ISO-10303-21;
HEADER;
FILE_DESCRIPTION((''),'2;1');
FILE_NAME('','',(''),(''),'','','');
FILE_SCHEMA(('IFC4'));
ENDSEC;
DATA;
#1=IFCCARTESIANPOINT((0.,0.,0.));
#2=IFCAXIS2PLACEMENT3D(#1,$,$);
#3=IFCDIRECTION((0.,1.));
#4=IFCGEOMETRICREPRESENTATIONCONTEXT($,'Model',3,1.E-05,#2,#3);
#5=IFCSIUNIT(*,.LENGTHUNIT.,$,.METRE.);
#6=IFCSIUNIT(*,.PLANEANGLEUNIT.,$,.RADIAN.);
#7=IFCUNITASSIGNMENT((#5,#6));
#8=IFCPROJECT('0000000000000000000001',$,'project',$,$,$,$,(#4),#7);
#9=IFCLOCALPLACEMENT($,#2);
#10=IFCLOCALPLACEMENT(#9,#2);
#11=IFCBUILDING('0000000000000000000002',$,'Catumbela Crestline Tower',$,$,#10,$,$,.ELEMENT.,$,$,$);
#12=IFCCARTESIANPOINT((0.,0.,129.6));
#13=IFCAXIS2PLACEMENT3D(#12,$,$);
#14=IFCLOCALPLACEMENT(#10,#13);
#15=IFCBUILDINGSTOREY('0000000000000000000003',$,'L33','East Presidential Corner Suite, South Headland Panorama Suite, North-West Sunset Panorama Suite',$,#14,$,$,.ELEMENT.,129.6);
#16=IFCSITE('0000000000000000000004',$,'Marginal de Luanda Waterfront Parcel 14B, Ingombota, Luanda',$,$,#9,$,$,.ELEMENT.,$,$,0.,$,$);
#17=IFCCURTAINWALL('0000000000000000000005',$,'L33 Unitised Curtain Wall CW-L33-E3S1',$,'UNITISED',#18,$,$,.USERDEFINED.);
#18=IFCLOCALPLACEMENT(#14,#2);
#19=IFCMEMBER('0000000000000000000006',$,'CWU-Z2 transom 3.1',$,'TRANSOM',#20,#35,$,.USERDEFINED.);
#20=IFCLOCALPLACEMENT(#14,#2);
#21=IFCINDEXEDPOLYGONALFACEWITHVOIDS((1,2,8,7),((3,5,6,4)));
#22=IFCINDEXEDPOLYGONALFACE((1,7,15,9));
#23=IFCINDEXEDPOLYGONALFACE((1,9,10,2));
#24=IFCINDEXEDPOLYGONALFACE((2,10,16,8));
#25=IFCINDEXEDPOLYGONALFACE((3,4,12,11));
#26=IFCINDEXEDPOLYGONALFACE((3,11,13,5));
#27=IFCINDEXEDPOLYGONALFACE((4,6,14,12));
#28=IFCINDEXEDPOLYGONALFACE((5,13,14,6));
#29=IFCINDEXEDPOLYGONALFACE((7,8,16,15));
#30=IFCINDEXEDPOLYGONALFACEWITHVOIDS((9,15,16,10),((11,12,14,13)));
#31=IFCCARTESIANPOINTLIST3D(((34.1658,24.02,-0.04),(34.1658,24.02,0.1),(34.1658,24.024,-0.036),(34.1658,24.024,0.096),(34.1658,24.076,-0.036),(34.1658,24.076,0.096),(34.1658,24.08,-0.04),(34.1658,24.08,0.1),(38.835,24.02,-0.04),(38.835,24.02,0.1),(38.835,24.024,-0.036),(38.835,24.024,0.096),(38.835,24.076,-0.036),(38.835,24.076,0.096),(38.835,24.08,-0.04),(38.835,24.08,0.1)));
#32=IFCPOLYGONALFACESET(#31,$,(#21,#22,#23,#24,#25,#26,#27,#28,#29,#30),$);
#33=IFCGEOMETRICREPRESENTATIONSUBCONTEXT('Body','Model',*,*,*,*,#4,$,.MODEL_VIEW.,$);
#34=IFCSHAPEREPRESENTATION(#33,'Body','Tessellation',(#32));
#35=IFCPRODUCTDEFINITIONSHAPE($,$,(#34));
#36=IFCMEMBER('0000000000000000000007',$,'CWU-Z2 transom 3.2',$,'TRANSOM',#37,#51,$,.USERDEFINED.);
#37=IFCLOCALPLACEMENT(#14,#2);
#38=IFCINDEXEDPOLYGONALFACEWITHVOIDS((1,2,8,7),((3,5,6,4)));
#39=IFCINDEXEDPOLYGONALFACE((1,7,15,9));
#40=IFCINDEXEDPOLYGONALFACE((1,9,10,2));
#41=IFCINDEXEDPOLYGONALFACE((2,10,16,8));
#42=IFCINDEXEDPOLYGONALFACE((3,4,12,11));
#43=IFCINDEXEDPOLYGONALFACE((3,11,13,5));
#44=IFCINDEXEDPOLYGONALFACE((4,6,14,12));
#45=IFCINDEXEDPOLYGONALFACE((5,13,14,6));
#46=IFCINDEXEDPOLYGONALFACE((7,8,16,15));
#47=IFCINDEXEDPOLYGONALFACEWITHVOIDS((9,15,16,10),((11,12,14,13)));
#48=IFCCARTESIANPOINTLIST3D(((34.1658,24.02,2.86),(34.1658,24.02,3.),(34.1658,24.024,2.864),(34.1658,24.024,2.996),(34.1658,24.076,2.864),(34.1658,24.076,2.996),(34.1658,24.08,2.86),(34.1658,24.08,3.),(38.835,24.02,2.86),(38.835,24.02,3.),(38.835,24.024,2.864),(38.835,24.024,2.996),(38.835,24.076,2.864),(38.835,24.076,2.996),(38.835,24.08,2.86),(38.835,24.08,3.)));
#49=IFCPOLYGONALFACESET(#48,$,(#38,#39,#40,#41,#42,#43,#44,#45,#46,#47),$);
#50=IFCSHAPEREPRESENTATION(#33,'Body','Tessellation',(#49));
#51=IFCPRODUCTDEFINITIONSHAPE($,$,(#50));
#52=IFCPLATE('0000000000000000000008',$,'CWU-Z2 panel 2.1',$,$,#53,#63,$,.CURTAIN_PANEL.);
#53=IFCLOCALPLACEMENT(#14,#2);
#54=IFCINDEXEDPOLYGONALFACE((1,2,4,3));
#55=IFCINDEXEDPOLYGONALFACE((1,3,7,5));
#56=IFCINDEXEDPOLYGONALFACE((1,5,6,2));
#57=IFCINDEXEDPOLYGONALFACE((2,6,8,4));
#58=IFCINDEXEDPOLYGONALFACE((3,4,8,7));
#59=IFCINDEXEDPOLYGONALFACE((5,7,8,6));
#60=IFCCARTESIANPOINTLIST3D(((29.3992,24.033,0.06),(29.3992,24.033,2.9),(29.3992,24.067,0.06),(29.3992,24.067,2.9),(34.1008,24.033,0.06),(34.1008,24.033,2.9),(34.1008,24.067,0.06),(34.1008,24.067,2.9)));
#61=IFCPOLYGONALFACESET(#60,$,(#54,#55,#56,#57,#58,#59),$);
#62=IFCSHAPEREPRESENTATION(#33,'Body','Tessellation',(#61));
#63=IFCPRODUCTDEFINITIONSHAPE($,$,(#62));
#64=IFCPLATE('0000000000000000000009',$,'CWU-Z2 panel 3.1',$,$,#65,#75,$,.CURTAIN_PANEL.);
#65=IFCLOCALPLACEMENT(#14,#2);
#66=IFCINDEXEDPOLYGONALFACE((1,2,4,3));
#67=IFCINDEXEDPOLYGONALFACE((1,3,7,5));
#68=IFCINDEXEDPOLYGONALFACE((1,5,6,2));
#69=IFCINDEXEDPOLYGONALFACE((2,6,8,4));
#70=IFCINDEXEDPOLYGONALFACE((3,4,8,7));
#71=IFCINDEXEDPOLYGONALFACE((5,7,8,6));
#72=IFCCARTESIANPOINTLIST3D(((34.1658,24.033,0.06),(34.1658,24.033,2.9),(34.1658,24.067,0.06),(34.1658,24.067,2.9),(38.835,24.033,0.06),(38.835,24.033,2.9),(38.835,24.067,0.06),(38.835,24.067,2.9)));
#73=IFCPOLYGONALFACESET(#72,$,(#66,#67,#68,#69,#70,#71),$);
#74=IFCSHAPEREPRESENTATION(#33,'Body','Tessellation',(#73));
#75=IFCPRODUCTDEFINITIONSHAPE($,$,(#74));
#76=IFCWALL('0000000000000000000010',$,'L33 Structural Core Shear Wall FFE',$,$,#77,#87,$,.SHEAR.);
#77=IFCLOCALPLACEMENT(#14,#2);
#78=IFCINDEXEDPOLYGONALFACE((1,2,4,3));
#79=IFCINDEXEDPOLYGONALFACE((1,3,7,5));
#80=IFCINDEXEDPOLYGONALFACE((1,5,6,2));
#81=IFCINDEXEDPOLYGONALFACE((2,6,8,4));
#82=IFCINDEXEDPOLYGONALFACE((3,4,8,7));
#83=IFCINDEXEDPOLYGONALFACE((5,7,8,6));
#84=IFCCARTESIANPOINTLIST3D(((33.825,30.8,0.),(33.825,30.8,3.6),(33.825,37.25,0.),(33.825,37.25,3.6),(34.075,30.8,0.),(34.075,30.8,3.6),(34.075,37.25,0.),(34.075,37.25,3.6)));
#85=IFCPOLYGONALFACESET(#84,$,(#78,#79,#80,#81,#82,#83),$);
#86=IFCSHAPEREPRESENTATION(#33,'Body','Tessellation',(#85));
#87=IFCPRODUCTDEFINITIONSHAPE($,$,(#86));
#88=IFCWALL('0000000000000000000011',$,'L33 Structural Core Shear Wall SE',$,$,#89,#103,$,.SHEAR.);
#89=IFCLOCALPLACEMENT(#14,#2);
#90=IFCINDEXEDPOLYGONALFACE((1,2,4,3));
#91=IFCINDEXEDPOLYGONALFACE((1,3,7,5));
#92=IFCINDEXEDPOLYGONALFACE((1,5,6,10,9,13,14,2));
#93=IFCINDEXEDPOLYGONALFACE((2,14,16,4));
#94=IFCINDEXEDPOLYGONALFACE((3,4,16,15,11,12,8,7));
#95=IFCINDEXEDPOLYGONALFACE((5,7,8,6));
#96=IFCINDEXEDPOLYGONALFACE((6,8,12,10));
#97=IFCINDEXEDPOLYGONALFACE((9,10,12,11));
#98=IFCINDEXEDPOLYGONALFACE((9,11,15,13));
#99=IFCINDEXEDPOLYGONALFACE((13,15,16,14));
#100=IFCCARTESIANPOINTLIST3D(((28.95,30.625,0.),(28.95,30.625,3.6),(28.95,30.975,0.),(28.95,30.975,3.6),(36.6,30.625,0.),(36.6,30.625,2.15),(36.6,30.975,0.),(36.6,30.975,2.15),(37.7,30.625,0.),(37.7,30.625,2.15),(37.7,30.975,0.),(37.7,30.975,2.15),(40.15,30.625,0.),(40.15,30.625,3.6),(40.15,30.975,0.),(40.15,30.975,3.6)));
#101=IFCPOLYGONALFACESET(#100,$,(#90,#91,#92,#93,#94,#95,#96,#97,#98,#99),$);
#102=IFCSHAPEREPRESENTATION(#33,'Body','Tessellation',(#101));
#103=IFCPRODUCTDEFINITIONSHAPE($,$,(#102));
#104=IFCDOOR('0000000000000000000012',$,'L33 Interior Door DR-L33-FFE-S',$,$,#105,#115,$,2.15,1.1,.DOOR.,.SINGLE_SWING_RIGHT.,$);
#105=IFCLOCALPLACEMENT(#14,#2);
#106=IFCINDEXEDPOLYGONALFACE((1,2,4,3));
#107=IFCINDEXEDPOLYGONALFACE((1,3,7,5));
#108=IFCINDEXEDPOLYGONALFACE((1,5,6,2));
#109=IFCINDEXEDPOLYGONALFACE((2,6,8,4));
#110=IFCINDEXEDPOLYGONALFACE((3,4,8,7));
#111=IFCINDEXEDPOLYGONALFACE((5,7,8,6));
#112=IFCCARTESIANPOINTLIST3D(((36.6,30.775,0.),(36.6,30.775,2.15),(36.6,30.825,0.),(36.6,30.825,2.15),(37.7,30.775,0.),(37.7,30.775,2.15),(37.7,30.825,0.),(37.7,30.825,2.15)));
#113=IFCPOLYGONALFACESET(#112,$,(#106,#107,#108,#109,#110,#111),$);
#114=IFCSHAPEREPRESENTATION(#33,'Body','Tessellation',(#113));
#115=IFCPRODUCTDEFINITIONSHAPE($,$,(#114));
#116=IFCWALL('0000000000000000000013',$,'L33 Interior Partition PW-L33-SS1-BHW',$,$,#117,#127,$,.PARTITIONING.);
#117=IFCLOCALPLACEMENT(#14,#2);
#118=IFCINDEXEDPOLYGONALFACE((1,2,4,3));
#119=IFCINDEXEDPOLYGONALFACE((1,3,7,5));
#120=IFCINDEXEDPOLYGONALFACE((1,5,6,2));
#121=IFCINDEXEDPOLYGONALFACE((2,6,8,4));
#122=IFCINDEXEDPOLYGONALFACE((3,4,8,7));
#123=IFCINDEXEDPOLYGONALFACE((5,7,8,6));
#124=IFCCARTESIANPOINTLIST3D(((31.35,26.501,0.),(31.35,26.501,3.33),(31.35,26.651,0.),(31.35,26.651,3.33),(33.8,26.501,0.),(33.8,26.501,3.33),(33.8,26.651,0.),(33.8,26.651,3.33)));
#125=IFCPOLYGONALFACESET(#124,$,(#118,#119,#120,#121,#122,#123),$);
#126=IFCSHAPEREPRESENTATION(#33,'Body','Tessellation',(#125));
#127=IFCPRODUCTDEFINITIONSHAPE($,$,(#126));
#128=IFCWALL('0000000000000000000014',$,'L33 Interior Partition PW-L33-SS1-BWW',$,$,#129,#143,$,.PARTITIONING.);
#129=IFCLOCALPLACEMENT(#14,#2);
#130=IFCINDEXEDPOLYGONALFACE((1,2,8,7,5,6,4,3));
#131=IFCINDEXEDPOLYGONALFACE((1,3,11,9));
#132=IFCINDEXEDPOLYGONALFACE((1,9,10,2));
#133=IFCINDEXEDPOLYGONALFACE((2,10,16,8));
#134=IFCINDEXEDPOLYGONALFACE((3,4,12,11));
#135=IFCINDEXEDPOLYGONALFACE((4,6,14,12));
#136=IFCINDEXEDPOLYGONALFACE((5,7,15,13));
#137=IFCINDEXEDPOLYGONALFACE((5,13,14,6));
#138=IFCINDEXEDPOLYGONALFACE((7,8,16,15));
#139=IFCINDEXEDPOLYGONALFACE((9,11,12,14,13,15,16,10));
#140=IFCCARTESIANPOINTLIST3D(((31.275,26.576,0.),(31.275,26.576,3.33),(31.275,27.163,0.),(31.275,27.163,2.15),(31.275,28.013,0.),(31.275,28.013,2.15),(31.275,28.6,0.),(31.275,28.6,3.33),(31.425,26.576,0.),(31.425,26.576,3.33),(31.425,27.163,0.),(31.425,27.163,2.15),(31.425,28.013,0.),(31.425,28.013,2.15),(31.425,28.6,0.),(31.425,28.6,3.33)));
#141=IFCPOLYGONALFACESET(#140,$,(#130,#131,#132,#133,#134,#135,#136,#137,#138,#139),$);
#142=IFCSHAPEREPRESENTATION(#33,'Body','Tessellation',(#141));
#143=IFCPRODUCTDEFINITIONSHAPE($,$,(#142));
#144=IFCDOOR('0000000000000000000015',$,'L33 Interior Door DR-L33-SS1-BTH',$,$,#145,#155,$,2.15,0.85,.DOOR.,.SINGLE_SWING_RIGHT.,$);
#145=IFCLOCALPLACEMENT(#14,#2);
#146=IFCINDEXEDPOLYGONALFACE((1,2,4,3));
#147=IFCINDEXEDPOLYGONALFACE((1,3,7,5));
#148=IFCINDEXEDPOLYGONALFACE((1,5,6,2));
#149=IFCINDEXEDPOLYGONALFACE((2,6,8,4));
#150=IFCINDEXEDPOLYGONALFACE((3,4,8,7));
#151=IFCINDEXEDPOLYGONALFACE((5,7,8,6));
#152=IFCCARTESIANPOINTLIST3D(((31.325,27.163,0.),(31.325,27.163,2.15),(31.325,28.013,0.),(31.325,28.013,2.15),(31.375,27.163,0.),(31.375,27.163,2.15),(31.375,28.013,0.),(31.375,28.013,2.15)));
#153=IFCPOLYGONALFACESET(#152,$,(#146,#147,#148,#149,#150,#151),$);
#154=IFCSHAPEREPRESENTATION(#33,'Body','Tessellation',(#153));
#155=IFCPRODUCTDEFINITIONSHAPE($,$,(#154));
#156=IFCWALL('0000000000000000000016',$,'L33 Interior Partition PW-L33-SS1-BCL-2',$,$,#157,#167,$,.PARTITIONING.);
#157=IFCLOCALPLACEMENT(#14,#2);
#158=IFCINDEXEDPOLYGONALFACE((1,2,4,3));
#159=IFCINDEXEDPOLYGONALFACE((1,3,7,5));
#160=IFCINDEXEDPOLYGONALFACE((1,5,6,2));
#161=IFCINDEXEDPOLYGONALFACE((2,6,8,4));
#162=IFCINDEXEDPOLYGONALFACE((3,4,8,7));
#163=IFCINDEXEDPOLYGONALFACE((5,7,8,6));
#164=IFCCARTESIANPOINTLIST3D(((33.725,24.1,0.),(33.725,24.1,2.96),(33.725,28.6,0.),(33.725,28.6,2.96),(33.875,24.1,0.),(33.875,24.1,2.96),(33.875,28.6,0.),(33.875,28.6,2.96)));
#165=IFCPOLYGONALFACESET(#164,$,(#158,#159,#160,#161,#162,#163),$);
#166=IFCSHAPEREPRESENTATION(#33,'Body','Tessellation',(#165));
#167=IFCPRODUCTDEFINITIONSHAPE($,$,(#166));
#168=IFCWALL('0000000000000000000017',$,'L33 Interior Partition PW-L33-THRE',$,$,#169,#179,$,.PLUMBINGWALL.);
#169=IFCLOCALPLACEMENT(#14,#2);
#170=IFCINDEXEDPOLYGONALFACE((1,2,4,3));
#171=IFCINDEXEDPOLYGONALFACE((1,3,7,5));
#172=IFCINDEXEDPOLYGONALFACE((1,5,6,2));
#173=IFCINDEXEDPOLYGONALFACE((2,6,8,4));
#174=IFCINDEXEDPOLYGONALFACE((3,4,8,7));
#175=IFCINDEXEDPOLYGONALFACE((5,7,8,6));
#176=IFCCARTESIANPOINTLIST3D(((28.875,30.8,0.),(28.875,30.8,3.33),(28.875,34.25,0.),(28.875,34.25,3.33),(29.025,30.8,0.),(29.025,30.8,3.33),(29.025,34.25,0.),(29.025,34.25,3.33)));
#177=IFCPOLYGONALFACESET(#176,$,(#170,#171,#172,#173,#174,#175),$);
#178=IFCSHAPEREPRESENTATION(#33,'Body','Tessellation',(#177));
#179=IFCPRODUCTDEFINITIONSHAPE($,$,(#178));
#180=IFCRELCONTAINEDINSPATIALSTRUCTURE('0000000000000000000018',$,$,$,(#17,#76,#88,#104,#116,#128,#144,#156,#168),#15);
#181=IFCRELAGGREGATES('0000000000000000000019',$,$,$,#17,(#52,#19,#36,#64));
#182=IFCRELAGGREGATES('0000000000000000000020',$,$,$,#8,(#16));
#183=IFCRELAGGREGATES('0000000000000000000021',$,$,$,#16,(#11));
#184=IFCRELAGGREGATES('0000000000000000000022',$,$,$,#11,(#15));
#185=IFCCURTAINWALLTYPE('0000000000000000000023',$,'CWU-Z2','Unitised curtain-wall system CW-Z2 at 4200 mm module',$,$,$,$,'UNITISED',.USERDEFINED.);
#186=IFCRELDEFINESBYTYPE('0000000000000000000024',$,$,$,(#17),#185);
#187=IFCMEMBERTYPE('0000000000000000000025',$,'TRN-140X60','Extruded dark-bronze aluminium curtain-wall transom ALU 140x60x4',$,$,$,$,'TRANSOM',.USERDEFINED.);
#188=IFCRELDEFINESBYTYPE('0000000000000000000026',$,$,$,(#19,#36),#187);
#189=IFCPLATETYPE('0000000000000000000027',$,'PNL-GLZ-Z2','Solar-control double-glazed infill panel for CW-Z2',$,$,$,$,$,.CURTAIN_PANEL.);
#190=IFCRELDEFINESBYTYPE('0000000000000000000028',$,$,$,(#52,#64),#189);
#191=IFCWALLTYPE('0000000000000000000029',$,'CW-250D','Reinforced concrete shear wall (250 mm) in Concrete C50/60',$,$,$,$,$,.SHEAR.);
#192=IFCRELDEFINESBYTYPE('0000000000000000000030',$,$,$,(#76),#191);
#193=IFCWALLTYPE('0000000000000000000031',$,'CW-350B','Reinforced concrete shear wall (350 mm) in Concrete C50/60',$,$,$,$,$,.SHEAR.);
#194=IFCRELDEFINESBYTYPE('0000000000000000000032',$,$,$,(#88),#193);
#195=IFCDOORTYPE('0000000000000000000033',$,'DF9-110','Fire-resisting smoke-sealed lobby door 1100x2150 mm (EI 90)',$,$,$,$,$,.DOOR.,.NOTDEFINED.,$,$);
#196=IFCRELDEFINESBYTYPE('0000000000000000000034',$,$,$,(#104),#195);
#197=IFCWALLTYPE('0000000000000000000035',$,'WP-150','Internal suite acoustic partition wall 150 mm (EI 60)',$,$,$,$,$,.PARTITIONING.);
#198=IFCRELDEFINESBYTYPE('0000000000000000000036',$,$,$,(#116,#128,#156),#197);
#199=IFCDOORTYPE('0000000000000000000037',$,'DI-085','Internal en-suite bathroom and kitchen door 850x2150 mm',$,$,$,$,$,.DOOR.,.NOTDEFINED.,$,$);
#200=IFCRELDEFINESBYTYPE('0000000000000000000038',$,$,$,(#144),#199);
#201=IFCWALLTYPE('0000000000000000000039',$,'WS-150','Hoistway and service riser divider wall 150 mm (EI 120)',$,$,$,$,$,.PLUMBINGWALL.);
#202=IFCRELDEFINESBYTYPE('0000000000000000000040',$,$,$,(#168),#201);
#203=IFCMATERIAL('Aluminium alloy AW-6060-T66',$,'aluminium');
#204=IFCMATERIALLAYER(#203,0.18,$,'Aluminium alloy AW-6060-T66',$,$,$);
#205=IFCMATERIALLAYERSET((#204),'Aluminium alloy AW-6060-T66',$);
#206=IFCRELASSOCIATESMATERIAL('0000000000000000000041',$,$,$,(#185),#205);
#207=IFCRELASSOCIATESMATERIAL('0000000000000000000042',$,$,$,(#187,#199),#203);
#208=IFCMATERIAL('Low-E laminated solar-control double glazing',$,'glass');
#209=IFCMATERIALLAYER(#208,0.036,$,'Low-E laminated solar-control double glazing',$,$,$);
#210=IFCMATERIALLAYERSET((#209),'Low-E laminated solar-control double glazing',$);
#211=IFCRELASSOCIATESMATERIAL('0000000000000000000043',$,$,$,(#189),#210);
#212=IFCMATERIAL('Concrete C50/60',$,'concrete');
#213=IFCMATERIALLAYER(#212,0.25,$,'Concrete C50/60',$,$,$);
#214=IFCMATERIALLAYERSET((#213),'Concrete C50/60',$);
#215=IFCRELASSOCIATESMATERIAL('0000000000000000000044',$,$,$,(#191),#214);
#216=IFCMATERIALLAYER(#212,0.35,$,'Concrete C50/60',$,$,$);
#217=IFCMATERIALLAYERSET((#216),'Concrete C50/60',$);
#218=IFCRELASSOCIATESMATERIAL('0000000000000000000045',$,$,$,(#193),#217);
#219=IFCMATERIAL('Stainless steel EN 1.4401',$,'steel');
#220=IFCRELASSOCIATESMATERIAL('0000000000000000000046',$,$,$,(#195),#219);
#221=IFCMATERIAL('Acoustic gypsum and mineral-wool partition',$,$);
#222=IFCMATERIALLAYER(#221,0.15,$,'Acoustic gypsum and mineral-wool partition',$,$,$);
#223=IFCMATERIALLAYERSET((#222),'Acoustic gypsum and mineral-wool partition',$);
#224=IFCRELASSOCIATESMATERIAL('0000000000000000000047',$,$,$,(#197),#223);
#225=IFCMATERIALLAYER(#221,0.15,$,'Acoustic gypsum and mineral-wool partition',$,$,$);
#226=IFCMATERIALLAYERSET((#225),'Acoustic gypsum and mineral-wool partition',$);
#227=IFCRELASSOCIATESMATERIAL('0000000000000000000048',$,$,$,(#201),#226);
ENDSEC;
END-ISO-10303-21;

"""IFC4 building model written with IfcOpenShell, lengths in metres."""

from ifc_helpers import new_model, si_unit, direction, frame, frame_2d, origin, origin_2d, place, context, subcontext, project, spatial, rectangle, hollow_rectangle, extrude, material, layer, layer_set, material_profile, profile_set, type_object, element, fill, aggregate, save


model = new_model("IFC4")

# Units and contexts
model_context = context("Model", 3, precision=1e-05, world=origin(), true_north=direction((0.0, 1.0)))
body_context = subcontext(model_context, "Body", "Model", "MODEL_VIEW")
ifc_project = project(units=[si_unit("LENGTHUNIT", "METRE"), si_unit("PLANEANGLEUNIT", "RADIAN")], contexts=[model_context])

# Site, building, storey
site_placement = place(None, origin())
site = spatial("IfcSite", under=ifc_project, at=site_placement, Name="Marginal de Luanda Waterfront Parcel 14B, Ingombota, Luanda", CompositionType="ELEMENT", RefElevation=0.0)
building_placement = place(site_placement, origin())
building = spatial("IfcBuilding", under=site, at=building_placement, Name="Catumbela Crestline Tower", CompositionType="ELEMENT")
storey_placement = place(building_placement, frame((0.0, 0.0, 129.6)))
storey = spatial("IfcBuildingStorey", under=building, at=storey_placement, Name="L33", Description="East Presidential Corner Suite, South Headland Panorama Suite, North-West Sunset Panorama Suite", CompositionType="ELEMENT", Elevation=129.6)

# Shared definitions
ifc_material_1 = material(Name="Concrete C50/60", Category="concrete")

# Curtain wall
ifc_material_2 = material(Name="Aluminium alloy AW-6060-T66", Category="aluminium")
ifc_layer_1 = layer(ifc_material_2, 0.18, Name="Aluminium alloy AW-6060-T66")
ifc_layer_set_1 = layer_set([ifc_layer_1], Name="Aluminium alloy AW-6060-T66")
curtain_wall_type = type_object("IfcCurtainWallType", Name="CWU-Z2", Description="Unitised curtain-wall system CW-Z2 at 4200 mm module", ElementType="UNITISED", PredefinedType="USERDEFINED", material=ifc_layer_set_1)
curtain_wall_placement = place(storey_placement, origin())
curtain_wall = element("IfcCurtainWall", 1, at=curtain_wall_placement, inside=storey, type_object=curtain_wall_type, Name="L33 Unitised Curtain Wall CW-L33-E3S1", ObjectType="UNITISED", PredefinedType="USERDEFINED")

# Members
ifc_material_profile_1 = material_profile(ifc_material_2, hollow_rectangle(XDim=0.06, YDim=0.14, WallThickness=0.004, at=origin_2d()), Name="ALU 140x60x4")
ifc_profile_set_1 = profile_set([ifc_material_profile_1], Name="Aluminium alloy AW-6060-T66")
member_type_1 = type_object("IfcMemberType", Name="TRN-140X60", Description="Extruded dark-bronze aluminium curtain-wall transom ALU 140x60x4", ElementType="TRANSOM", PredefinedType="USERDEFINED", material=ifc_profile_set_1)
member_1_placement = place(storey_placement, frame((34.1658, 24.05, 0.03), z_axis=(1.0, 0.0, 0.0), x_axis=(0.0, 1.0, 0.0)))
member_1 = element("IfcMember", 2, at=member_1_placement, type_object=member_type_1, Name="CWU-Z2 transom 3.1", ObjectType="TRANSOM", PredefinedType="USERDEFINED", context=body_context, shape_type="SweptSolid", body=[
    extrude(hollow_rectangle(XDim=0.06, YDim=0.14, WallThickness=0.004, at=origin_2d()), origin(), (0.0, 0.0, 1.0), 4.6692),
])
member_2_placement = place(storey_placement, frame((34.1658, 24.05, 2.93), z_axis=(1.0, 0.0, 0.0), x_axis=(0.0, 1.0, 0.0)))
member_2 = element("IfcMember", 3, at=member_2_placement, type_object=member_type_1, Name="CWU-Z2 transom 3.2", ObjectType="TRANSOM", PredefinedType="USERDEFINED", context=body_context, shape_type="SweptSolid", body=[
    extrude(hollow_rectangle(XDim=0.06, YDim=0.14, WallThickness=0.004, at=origin_2d()), origin(), (0.0, 0.0, 1.0), 4.6692),
])

# Plates
ifc_material_3 = material(Name="Low-E laminated solar-control double glazing", Category="glass")
ifc_layer_2 = layer(ifc_material_3, 0.036, Name="Low-E laminated solar-control double glazing")
ifc_layer_set_2 = layer_set([ifc_layer_2], Name="Low-E laminated solar-control double glazing")
plate_type = type_object("IfcPlateType", Name="PNL-GLZ-Z2", Description="Solar-control double-glazed infill panel for CW-Z2", PredefinedType="CURTAIN_PANEL", material=ifc_layer_set_2)
plate_1_placement = place(storey_placement, frame((31.75, 24.05, 0.06), z_axis=(0.0, 0.0, 1.0), x_axis=(1.0, 0.0, 0.0)))
plate_1 = element("IfcPlate", 4, at=plate_1_placement, type_object=plate_type, Name="CWU-Z2 panel 2.1", PredefinedType="CURTAIN_PANEL", context=body_context, shape_type="SweptSolid", body=[
    extrude(rectangle(XDim=4.7017, YDim=0.034, at=origin_2d()), origin(), (0.0, 0.0, 1.0), 2.84),
])
plate_2_placement = place(storey_placement, frame((36.5004, 24.05, 0.06), z_axis=(0.0, 0.0, 1.0), x_axis=(1.0, 0.0, 0.0)))
plate_2 = element("IfcPlate", 5, at=plate_2_placement, type_object=plate_type, Name="CWU-Z2 panel 3.1", PredefinedType="CURTAIN_PANEL", context=body_context, shape_type="SweptSolid", body=[
    extrude(rectangle(XDim=4.6692, YDim=0.034, at=origin_2d()), origin(), (0.0, 0.0, 1.0), 2.84),
])
aggregate(curtain_wall, [plate_1, member_1, member_2, plate_2])

# Wall
ifc_layer_3 = layer(ifc_material_1, 0.25, Name="Concrete C50/60")
ifc_layer_set_3 = layer_set([ifc_layer_3], Name="Concrete C50/60")
wall_type_1 = type_object("IfcWallType", Name="CW-250D", Description="Reinforced concrete shear wall (250 mm) in Concrete C50/60", PredefinedType="SHEAR", material=ifc_layer_set_3)
wall_1_placement = place(storey_placement, frame((33.95, 30.8, 0.0), z_axis=(0.0, 0.0, 1.0), x_axis=(0.0, 1.0, 0.0)))
element("IfcWall", 6, at=wall_1_placement, inside=storey, type_object=wall_type_1, Name="L33 Structural Core Shear Wall FFE", PredefinedType="SHEAR", context=body_context, shape_type="SweptSolid", body=[
    extrude(rectangle(XDim=6.45, YDim=0.25, at=frame_2d((3.225, 0.0))), origin(), (0.0, 0.0, 1.0), 3.6),
])

# Wall, opening, door
ifc_layer_4 = layer(ifc_material_1, 0.35, Name="Concrete C50/60")
ifc_layer_set_4 = layer_set([ifc_layer_4], Name="Concrete C50/60")
wall_type_2 = type_object("IfcWallType", Name="CW-350B", Description="Reinforced concrete shear wall (350 mm) in Concrete C50/60", PredefinedType="SHEAR", material=ifc_layer_set_4)
wall_2_placement = place(storey_placement, frame((28.95, 30.8, 0.0), z_axis=(0.0, 0.0, 1.0), x_axis=(1.0, 0.0, 0.0)))
wall_2 = element("IfcWall", 7, at=wall_2_placement, inside=storey, type_object=wall_type_2, Name="L33 Structural Core Shear Wall SE", PredefinedType="SHEAR", context=body_context, shape_type="SweptSolid", body=[
    extrude(rectangle(XDim=11.2, YDim=0.35, at=frame_2d((5.6, 0.0))), origin(), (0.0, 0.0, 1.0), 3.6),
])
opening_1_placement = place(wall_2_placement, frame((7.65, 0.0, 0.0)))
opening_1 = element("IfcOpeningElement", 8, at=opening_1_placement, cuts=wall_2, PredefinedType="OPENING", context=body_context, shape_type="SweptSolid", body=[
    extrude(rectangle(XDim=1.1, YDim=2.15, at=frame_2d((0.55, 1.075))), frame((0.0, 0.185, 0.0), z_axis=(0.0, -1.0, 0.0), x_axis=(1.0, 0.0, 0.0)), (0.0, 0.0, 1.0), 0.37),
])
ifc_material_4 = material(Name="Stainless steel EN 1.4401", Category="steel")
door_type_1 = type_object("IfcDoorType", Name="DF9-110", Description="Fire-resisting smoke-sealed lobby door 1100x2150 mm (EI 90)", OperationType="NOTDEFINED", PredefinedType="DOOR", material=ifc_material_4)
door_1_placement = place(opening_1_placement, origin())
door_1 = element("IfcDoor", 9, at=door_1_placement, inside=storey, type_object=door_type_1, Name="L33 Interior Door DR-L33-FFE-S", OperationType="SINGLE_SWING_RIGHT", OverallHeight=2.15, OverallWidth=1.1, PredefinedType="DOOR", context=body_context, shape_type="SweptSolid", body=[
    extrude(rectangle(XDim=1.1, YDim=2.15, at=frame_2d((0.55, 1.075))), frame((0.0, 0.025, 0.0), z_axis=(0.0, -1.0, 0.0), x_axis=(1.0, 0.0, 0.0)), (0.0, 0.0, 1.0), 0.05),
])
fill(opening_1, door_1)

# Wall
ifc_material_5 = material(Name="Acoustic gypsum and mineral-wool partition")
ifc_layer_5 = layer(ifc_material_5, 0.15, Name="Acoustic gypsum and mineral-wool partition")
ifc_layer_set_5 = layer_set([ifc_layer_5], Name="Acoustic gypsum and mineral-wool partition")
wall_type_3 = type_object("IfcWallType", Name="WP-150", Description="Internal suite acoustic partition wall 150 mm (EI 60)", PredefinedType="PARTITIONING", material=ifc_layer_set_5)
wall_3_placement = place(storey_placement, frame((31.35, 26.576, 0.0), z_axis=(0.0, 0.0, 1.0), x_axis=(1.0, 0.0, 0.0)))
element("IfcWall", 10, at=wall_3_placement, inside=storey, type_object=wall_type_3, Name="L33 Interior Partition PW-L33-SS1-BHW", PredefinedType="PARTITIONING", context=body_context, shape_type="SweptSolid", body=[
    extrude(rectangle(XDim=2.45, YDim=0.15, at=frame_2d((1.225, 0.0))), origin(), (0.0, 0.0, 1.0), 3.33),
])

# Wall, opening, door
wall_4_placement = place(storey_placement, frame((31.35, 26.576, 0.0), z_axis=(0.0, 0.0, 1.0), x_axis=(0.0, 1.0, 0.0)))
wall_4 = element("IfcWall", 11, at=wall_4_placement, inside=storey, type_object=wall_type_3, Name="L33 Interior Partition PW-L33-SS1-BWW", PredefinedType="PARTITIONING", context=body_context, shape_type="SweptSolid", body=[
    extrude(rectangle(XDim=2.024, YDim=0.15, at=frame_2d((1.012, 0.0))), origin(), (0.0, 0.0, 1.0), 3.33),
])
opening_2_placement = place(wall_4_placement, frame((0.587, 0.0, 0.0)))
opening_2 = element("IfcOpeningElement", 12, at=opening_2_placement, cuts=wall_4, PredefinedType="OPENING", context=body_context, shape_type="SweptSolid", body=[
    extrude(rectangle(XDim=0.85, YDim=2.15, at=frame_2d((0.425, 1.075))), frame((0.0, 0.085, 0.0), z_axis=(0.0, -1.0, 0.0), x_axis=(1.0, 0.0, 0.0)), (0.0, 0.0, 1.0), 0.17),
])
door_type_2 = type_object("IfcDoorType", Name="DI-085", Description="Internal en-suite bathroom and kitchen door 850x2150 mm", OperationType="NOTDEFINED", PredefinedType="DOOR", material=ifc_material_2)
door_2_placement = place(opening_2_placement, origin())
door_2 = element("IfcDoor", 13, at=door_2_placement, inside=storey, type_object=door_type_2, Name="L33 Interior Door DR-L33-SS1-BTH", OperationType="SINGLE_SWING_RIGHT", OverallHeight=2.15, OverallWidth=0.85, PredefinedType="DOOR", context=body_context, shape_type="SweptSolid", body=[
    extrude(rectangle(XDim=0.85, YDim=2.15, at=frame_2d((0.425, 1.075))), frame((0.0, 0.025, 0.0), z_axis=(0.0, -1.0, 0.0), x_axis=(1.0, 0.0, 0.0)), (0.0, 0.0, 1.0), 0.05),
])
fill(opening_2, door_2)

# Walls
wall_5_placement = place(storey_placement, frame((33.8, 28.6, 0.0), z_axis=(0.0, 0.0, 1.0), x_axis=(0.0, -1.0, 0.0)))
element("IfcWall", 14, at=wall_5_placement, inside=storey, type_object=wall_type_3, Name="L33 Interior Partition PW-L33-SS1-BCL-2", PredefinedType="PARTITIONING", context=body_context, shape_type="SweptSolid", body=[
    extrude(rectangle(XDim=4.5, YDim=0.15, at=frame_2d((2.25, 0.0))), origin(), (0.0, 0.0, 1.0), 2.96),
])
ifc_layer_6 = layer(ifc_material_5, 0.15, Name="Acoustic gypsum and mineral-wool partition")
ifc_layer_set_6 = layer_set([ifc_layer_6], Name="Acoustic gypsum and mineral-wool partition")
wall_type_4 = type_object("IfcWallType", Name="WS-150", Description="Hoistway and service riser divider wall 150 mm (EI 120)", PredefinedType="PLUMBINGWALL", material=ifc_layer_set_6)
wall_6_placement = place(storey_placement, frame((28.95, 30.8, 0.0), z_axis=(0.0, 0.0, 1.0), x_axis=(0.0, 1.0, 0.0)))
element("IfcWall", 15, at=wall_6_placement, inside=storey, type_object=wall_type_4, Name="L33 Interior Partition PW-L33-THRE", PredefinedType="PLUMBINGWALL", context=body_context, shape_type="SweptSolid", body=[
    extrude(rectangle(XDim=3.45, YDim=0.15, at=frame_2d((1.725, 0.0))), origin(), (0.0, 0.0, 1.0), 3.33),
])

save(model, "model.ifc")
